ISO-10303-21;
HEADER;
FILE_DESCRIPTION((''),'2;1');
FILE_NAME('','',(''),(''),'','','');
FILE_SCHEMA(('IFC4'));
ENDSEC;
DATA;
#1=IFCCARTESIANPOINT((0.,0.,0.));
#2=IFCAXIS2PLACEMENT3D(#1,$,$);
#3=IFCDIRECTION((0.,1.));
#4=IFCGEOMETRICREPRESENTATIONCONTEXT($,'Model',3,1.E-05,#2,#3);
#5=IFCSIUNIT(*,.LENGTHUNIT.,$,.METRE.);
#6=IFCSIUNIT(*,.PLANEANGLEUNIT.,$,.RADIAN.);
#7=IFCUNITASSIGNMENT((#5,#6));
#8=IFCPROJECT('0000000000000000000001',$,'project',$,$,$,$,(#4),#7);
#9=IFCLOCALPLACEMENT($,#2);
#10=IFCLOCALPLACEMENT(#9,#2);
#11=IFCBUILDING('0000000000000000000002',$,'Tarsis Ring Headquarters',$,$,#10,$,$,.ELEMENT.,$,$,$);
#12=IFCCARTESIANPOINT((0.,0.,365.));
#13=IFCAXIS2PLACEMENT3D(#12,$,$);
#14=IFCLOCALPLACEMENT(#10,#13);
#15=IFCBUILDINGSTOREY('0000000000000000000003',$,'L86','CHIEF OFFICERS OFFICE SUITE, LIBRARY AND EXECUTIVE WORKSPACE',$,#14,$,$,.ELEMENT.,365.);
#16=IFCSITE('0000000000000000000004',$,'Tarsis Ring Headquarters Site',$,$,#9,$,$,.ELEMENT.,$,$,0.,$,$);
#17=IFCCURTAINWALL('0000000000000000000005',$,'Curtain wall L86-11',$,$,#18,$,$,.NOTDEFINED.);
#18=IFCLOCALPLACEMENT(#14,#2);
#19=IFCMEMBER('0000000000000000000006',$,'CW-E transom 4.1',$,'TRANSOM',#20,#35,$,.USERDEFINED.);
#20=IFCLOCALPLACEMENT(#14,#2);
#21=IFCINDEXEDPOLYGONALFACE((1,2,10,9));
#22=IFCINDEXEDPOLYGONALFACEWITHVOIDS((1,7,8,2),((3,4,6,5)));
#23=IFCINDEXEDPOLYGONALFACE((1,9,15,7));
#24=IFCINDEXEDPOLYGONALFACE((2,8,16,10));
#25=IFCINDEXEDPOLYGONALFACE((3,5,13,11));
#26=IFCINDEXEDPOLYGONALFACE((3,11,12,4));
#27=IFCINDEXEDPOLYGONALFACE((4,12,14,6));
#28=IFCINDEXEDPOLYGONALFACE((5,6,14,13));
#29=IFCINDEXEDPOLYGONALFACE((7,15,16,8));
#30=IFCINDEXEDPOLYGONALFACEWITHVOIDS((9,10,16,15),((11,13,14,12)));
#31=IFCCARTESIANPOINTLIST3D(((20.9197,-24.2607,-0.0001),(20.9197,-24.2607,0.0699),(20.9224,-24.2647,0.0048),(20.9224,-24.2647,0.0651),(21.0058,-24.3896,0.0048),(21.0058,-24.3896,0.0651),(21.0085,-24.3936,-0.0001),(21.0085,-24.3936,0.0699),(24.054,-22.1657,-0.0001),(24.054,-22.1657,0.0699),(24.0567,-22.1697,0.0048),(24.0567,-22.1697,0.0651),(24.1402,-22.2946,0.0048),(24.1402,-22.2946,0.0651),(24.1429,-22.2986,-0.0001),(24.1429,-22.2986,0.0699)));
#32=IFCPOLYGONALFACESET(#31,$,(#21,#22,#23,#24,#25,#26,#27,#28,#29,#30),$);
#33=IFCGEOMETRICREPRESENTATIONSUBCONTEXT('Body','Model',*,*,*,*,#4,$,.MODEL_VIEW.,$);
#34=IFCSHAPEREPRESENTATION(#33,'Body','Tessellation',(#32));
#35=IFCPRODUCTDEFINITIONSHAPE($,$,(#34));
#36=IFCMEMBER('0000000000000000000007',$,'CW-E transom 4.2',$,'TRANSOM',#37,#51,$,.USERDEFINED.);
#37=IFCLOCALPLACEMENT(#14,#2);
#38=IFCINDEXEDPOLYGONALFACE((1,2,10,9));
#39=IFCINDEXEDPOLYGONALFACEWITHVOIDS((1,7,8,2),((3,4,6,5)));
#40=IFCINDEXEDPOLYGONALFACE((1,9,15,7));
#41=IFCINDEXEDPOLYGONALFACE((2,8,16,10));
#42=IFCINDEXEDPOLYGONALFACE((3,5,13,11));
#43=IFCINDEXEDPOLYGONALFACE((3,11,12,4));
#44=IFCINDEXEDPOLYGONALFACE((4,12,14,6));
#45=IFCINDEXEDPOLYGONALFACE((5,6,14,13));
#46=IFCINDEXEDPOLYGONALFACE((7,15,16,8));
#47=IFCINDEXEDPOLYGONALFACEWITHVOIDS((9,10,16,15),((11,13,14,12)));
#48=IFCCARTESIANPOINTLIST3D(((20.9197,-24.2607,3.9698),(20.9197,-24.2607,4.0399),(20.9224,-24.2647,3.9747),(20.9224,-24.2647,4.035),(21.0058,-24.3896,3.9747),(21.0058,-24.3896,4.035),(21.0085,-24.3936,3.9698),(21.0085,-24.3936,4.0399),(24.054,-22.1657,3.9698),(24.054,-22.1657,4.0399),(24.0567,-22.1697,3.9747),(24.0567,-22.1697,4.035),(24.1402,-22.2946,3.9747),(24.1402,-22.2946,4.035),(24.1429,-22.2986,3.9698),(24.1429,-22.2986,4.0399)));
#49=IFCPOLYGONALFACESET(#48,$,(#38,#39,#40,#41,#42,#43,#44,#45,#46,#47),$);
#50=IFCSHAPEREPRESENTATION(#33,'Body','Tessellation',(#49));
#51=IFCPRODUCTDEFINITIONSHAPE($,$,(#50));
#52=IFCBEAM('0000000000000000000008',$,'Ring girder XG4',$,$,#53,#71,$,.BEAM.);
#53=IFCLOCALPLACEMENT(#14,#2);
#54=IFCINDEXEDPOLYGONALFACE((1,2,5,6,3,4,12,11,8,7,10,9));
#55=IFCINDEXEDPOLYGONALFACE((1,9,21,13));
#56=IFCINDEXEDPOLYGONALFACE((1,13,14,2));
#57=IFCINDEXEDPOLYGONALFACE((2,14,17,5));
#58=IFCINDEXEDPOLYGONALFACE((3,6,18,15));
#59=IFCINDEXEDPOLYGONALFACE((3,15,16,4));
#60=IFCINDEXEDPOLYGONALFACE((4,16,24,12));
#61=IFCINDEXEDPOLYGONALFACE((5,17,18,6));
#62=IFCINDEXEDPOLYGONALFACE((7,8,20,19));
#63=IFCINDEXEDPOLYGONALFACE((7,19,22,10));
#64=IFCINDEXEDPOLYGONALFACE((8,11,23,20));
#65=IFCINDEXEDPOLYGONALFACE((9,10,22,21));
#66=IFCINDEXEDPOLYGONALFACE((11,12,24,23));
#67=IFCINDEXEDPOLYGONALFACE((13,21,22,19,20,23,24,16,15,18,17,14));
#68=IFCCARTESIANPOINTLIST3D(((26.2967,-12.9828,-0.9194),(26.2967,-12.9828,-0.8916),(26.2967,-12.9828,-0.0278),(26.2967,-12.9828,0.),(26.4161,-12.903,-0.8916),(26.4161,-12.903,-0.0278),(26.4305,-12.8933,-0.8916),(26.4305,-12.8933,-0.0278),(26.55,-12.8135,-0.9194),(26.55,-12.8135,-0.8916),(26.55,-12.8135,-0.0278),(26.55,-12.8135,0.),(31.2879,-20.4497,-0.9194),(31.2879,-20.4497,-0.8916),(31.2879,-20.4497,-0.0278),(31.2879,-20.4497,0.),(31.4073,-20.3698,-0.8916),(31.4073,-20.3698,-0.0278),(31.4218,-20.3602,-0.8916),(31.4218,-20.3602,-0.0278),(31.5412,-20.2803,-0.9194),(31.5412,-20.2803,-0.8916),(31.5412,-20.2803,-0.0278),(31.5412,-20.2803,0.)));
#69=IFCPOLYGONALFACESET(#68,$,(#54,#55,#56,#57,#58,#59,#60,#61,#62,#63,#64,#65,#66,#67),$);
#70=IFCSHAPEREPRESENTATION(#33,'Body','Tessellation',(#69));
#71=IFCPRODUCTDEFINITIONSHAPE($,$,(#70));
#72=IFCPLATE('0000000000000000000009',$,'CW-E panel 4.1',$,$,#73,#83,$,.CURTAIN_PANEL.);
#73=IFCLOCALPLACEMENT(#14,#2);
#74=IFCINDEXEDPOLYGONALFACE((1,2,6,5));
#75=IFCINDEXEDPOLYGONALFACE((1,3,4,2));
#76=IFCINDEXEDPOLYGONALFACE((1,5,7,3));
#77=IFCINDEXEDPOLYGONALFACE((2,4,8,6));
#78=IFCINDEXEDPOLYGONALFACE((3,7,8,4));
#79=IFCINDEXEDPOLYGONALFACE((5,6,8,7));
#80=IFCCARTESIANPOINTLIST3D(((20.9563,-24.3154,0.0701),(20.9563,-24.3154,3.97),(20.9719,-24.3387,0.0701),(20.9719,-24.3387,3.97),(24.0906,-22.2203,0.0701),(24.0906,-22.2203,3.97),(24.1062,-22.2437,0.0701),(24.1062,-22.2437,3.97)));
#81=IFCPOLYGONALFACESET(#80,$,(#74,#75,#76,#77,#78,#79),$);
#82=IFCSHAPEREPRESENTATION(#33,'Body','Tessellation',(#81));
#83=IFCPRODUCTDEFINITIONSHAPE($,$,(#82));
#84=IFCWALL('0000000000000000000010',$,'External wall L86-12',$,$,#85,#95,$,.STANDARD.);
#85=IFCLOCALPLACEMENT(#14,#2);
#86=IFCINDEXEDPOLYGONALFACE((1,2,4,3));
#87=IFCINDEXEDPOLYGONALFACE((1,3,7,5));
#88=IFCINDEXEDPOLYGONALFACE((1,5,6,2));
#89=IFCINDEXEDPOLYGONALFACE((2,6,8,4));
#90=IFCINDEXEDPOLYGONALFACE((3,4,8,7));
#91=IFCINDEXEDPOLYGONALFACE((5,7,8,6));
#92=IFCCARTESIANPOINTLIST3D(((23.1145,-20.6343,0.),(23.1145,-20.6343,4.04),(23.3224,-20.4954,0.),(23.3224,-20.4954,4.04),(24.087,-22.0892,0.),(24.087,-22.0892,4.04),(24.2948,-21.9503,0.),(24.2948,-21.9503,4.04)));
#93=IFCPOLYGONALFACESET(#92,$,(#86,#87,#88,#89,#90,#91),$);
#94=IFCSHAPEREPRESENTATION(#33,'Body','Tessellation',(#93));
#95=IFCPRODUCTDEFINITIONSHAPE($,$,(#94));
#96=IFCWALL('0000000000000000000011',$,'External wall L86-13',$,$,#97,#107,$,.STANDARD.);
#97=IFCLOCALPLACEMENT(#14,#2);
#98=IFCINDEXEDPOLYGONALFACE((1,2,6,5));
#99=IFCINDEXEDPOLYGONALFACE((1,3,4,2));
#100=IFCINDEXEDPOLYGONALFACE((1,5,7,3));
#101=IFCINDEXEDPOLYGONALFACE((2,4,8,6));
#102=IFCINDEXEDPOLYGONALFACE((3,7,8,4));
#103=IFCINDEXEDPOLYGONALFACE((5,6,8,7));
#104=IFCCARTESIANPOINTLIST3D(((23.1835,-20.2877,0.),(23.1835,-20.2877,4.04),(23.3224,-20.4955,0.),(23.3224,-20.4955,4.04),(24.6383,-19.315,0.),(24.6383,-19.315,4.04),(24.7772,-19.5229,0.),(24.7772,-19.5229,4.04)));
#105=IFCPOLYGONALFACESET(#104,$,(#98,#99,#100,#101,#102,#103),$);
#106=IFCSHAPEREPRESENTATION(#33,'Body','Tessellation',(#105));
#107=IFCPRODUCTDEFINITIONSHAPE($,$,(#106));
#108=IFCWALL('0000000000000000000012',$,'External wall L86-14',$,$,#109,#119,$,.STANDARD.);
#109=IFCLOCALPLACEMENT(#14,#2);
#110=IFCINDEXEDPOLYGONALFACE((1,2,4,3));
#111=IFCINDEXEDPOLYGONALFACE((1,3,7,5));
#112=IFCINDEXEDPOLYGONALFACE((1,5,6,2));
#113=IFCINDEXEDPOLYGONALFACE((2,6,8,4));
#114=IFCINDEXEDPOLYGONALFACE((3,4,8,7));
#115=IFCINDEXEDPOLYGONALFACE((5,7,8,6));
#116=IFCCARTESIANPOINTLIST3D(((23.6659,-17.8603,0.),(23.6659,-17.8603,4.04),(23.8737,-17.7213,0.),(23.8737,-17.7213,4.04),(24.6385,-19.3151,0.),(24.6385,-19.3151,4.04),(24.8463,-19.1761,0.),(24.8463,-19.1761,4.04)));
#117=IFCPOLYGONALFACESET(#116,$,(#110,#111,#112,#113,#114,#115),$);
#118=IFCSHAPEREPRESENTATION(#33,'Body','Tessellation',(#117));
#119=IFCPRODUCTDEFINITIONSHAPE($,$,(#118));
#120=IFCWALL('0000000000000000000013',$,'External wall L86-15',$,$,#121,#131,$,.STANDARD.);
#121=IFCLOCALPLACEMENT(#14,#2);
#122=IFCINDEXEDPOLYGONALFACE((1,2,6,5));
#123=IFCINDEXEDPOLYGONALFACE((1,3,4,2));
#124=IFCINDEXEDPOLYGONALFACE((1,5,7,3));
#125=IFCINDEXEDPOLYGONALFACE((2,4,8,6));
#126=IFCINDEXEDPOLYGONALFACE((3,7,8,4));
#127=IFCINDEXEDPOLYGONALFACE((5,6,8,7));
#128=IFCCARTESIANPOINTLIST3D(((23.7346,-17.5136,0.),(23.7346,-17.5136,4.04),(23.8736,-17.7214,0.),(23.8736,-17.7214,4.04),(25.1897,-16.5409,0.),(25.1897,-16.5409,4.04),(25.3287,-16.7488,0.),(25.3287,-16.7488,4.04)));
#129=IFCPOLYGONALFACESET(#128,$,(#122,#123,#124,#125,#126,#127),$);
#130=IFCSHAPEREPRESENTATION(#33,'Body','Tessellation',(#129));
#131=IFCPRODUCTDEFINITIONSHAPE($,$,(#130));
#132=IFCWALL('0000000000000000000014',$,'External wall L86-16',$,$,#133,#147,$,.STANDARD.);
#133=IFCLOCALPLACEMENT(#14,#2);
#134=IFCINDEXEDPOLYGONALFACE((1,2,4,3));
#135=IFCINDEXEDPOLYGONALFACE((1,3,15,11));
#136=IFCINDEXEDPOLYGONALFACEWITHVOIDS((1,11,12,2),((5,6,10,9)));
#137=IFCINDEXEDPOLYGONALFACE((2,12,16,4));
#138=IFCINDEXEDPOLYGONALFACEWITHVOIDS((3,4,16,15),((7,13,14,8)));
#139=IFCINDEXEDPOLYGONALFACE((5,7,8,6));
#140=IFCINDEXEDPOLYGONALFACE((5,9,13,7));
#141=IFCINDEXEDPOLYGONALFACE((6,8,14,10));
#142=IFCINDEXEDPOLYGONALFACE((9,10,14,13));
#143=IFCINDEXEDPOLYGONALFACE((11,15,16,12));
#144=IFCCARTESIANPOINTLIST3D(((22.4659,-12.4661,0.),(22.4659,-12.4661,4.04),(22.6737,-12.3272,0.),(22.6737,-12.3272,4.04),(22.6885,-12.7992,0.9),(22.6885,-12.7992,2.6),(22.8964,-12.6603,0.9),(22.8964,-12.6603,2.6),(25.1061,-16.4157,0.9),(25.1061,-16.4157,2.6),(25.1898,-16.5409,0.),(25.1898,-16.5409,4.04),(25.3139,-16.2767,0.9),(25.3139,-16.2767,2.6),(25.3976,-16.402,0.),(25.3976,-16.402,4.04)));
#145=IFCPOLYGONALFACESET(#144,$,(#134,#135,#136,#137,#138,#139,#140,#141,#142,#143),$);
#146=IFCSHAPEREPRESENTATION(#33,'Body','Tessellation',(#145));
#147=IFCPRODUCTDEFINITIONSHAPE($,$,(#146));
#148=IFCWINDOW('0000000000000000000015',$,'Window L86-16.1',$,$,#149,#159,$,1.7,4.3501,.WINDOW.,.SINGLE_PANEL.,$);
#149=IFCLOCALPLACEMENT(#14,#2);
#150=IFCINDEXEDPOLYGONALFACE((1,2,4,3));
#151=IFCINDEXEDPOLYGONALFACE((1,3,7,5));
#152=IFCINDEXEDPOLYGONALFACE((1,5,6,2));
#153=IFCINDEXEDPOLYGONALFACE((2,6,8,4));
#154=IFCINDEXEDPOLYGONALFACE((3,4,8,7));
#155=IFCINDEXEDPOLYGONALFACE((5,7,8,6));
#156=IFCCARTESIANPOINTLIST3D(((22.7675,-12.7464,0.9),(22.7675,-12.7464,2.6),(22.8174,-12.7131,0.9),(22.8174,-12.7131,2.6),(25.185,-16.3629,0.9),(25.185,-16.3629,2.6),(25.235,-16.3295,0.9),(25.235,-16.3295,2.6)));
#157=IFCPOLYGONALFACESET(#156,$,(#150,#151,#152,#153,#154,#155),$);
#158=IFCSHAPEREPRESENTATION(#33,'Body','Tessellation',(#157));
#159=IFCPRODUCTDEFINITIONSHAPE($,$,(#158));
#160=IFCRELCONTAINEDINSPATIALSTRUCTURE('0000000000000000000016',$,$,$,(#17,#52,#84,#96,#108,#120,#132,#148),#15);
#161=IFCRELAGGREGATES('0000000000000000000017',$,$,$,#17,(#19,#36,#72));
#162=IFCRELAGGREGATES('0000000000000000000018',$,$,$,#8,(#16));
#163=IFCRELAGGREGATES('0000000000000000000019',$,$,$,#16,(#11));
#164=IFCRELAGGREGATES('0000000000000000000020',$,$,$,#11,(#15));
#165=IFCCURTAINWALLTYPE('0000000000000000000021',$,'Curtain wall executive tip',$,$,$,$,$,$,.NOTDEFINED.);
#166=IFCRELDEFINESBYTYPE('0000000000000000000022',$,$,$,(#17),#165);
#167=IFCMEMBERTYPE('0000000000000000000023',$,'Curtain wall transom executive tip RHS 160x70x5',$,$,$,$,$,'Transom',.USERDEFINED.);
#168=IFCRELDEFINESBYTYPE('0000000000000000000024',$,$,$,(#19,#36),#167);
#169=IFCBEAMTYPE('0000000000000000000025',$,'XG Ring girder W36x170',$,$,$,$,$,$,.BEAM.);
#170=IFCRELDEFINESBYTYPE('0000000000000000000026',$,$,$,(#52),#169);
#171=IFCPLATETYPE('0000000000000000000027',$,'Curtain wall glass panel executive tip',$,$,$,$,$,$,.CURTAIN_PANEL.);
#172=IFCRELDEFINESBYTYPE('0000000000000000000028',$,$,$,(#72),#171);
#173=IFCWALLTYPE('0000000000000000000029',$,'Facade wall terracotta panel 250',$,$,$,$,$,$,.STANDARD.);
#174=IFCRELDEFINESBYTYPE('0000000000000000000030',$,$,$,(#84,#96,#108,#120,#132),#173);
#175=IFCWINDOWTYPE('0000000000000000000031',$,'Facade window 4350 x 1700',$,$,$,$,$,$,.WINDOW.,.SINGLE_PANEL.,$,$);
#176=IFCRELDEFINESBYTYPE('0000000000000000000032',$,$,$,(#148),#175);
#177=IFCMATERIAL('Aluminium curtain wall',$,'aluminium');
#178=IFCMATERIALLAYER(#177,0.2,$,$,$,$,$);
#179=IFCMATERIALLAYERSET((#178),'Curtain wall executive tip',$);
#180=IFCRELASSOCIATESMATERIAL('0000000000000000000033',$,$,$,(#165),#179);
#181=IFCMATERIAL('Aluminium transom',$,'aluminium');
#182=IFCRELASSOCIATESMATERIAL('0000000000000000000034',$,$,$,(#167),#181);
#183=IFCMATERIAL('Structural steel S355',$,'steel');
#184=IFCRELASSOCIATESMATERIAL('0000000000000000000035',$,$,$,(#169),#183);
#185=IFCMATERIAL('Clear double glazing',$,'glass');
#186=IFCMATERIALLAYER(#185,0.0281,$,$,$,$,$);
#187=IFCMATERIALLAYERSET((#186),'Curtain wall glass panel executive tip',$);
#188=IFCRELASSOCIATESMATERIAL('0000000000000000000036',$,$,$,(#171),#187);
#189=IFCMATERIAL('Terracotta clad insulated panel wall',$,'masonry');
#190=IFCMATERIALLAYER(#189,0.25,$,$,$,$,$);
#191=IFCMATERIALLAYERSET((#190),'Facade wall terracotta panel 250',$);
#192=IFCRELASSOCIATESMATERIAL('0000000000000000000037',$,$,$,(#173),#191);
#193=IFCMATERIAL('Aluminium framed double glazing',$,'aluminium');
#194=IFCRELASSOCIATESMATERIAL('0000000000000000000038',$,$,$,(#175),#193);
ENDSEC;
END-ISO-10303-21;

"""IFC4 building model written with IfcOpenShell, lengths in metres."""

from ifc_helpers import new_model, si_unit, direction, frame, frame_2d, origin, origin_2d, place, context, subcontext, project, spatial, rectangle, hollow_rectangle, i_section, extrude, material, layer, layer_set, material_profile, profile_set, type_object, element, fill, aggregate, save


model = new_model("IFC4")

# Units and contexts
model_context = context("Model", 3, precision=1e-05, world=origin(), true_north=direction((0.0, 1.0)))
body_context = subcontext(model_context, "Body", "Model", "MODEL_VIEW")
ifc_project = project(units=[si_unit("LENGTHUNIT", "METRE"), si_unit("PLANEANGLEUNIT", "RADIAN")], contexts=[model_context])

# Site, building, storey
site_placement = place(None, origin())
site = spatial("IfcSite", under=ifc_project, at=site_placement, Name="Tarsis Ring Headquarters Site", CompositionType="ELEMENT", RefElevation=0.0)
building_placement = place(site_placement, origin())
building = spatial("IfcBuilding", under=site, at=building_placement, Name="Tarsis Ring Headquarters", CompositionType="ELEMENT")
storey_placement = place(building_placement, frame((0.0, 0.0, 365.0)))
storey = spatial("IfcBuildingStorey", under=building, at=storey_placement, Name="L86", Description="CHIEF OFFICERS OFFICE SUITE, LIBRARY AND EXECUTIVE WORKSPACE", CompositionType="ELEMENT", Elevation=365.0)

# Shared definitions
ifc_material_1 = material(Name="Structural steel S355", Category="steel")

# Curtain wall, members
ifc_material_2 = material(Name="Aluminium curtain wall", Category="aluminium")
ifc_layer_1 = layer(ifc_material_2, 0.2)
ifc_layer_set_1 = layer_set([ifc_layer_1], Name="Curtain wall executive tip")
curtain_wall_type = type_object("IfcCurtainWallType", Name="Curtain wall executive tip", PredefinedType="NOTDEFINED", material=ifc_layer_set_1)
curtain_wall_placement = place(storey_placement, origin())
curtain_wall = element("IfcCurtainWall", 1, at=curtain_wall_placement, inside=storey, type_object=curtain_wall_type, Name="Curtain wall L86-11", PredefinedType="NOTDEFINED")
ifc_material_3 = material(Name="Aluminium transom", Category="aluminium")
ifc_material_profile_1 = material_profile(ifc_material_3, hollow_rectangle(XDim=0.1599, YDim=0.0701, WallThickness=0.0049, at=origin_2d()), Name="RHS 160x70x5")
ifc_profile_set_1 = profile_set([ifc_material_profile_1], Name="Aluminium transom")
member_type_1 = type_object("IfcMemberType", Name="Curtain wall transom executive tip RHS 160x70x5", ElementType="Transom", PredefinedType="USERDEFINED", material=ifc_profile_set_1)
member_1_placement = place(storey_placement, frame((20.9641, -24.3271, 0.0349), z_axis=(0.831382, 0.555701, 0.0), x_axis=(-0.555701, 0.831382, 0.0)))
member_1 = element("IfcMember", 2, at=member_1_placement, type_object=member_type_1, Name="CW-E transom 4.1", ObjectType="TRANSOM", PredefinedType="USERDEFINED", context=body_context, shape_type="SweptSolid", body=[
    extrude(hollow_rectangle(XDim=0.1599, YDim=0.0701, WallThickness=0.0049, at=origin_2d()), origin(), (0.0, 0.0, 1.0), 3.77),
])
member_2_placement = place(storey_placement, frame((20.9641, -24.3271, 4.0049), z_axis=(0.831382, 0.555701, 0.0), x_axis=(-0.555701, 0.831382, 0.0)))
member_2 = element("IfcMember", 3, at=member_2_placement, type_object=member_type_1, Name="CW-E transom 4.2", ObjectType="TRANSOM", PredefinedType="USERDEFINED", context=body_context, shape_type="SweptSolid", body=[
    extrude(hollow_rectangle(XDim=0.1599, YDim=0.0701, WallThickness=0.0049, at=origin_2d()), origin(), (0.0, 0.0, 1.0), 3.77),
])

# Beam
ifc_material_profile_2 = material_profile(ifc_material_1, i_section(OverallWidth=0.3047, OverallDepth=0.9194, WebThickness=0.0173, FlangeThickness=0.0278, at=origin_2d()), Name="W36x170")
ifc_profile_set_2 = profile_set([ifc_material_profile_2], Name="Structural steel S355")
beam_type = type_object("IfcBeamType", Name="XG Ring girder W36x170", PredefinedType="BEAM", material=ifc_profile_set_2)
beam_placement = place(storey_placement, frame((31.4146, -20.365, -0.4597), z_axis=(-0.555729, 0.831364, 0.0), x_axis=(-0.831364, -0.555729, 0.0)))
element("IfcBeam", 4, at=beam_placement, inside=storey, type_object=beam_type, Name="Ring girder XG4", PredefinedType="BEAM", context=body_context, shape_type="SweptSolid", body=[
    extrude(i_section(OverallWidth=0.3047, OverallDepth=0.9194, WebThickness=0.0173, FlangeThickness=0.0278, at=origin_2d()), origin(), (0.0, 0.0, 1.0), 8.9814),
])

# Plate
ifc_material_4 = material(Name="Clear double glazing", Category="glass")
ifc_layer_2 = layer(ifc_material_4, 0.0281)
ifc_layer_set_2 = layer_set([ifc_layer_2], Name="Curtain wall glass panel executive tip")
plate_type = type_object("IfcPlateType", Name="Curtain wall glass panel executive tip", PredefinedType="CURTAIN_PANEL", material=ifc_layer_set_2)
plate_placement = place(storey_placement, frame((22.5312, -23.2795, 0.0701), z_axis=(0.0, 0.0, 1.0), x_axis=(0.831373, 0.555715, 0.0)))
plate = element("IfcPlate", 5, at=plate_placement, type_object=plate_type, Name="CW-E panel 4.1", PredefinedType="CURTAIN_PANEL", context=body_context, shape_type="SweptSolid", body=[
    extrude(rectangle(XDim=3.77, YDim=0.0281, at=origin_2d()), origin(), (0.0, 0.0, 1.0), 3.8999),
])
aggregate(curtain_wall, [member_1, member_2, plate])

# Walls
ifc_material_5 = material(Name="Terracotta clad insulated panel wall", Category="masonry")
ifc_layer_3 = layer(ifc_material_5, 0.25)
ifc_layer_set_3 = layer_set([ifc_layer_3], Name="Facade wall terracotta panel 250")
wall_type = type_object("IfcWallType", Name="Facade wall terracotta panel 250", PredefinedType="STANDARD", material=ifc_layer_set_3)
for number, where, z_axis, x_axis, name in (
    (6, (24.1909, -22.0198, 0.0), (0.0, 0.0, 1.0), (-0.555698, 0.831384, 0.0), "External wall L86-12"),
    (7, (23.2529, -20.3916, 0.0), (0.0, 0.0, 1.0), (0.83132, 0.555794, 0.0), "External wall L86-13"),
    (8, (24.7424, -19.2456, 0.0), (0.0, 0.0, 1.0), (-0.555794, 0.83132, 0.0), "External wall L86-14"),
):
    element("IfcWall", number, at=place(storey_placement, frame(where, z_axis=z_axis, x_axis=x_axis)), inside=storey, type_object=wall_type, Name=name, PredefinedType="STANDARD", context=body_context, shape_type="SweptSolid", body=[
        extrude(rectangle(XDim=1.75, YDim=0.25, at=frame_2d((0.875, 0.0))), origin(), (0.0, 0.0, 1.0), 4.04),
    ])
wall_1_placement = place(storey_placement, frame((23.8042, -17.6174, 0.0), z_axis=(0.0, 0.0, 1.0), x_axis=(0.831363, 0.55573, 0.0)))
element("IfcWall", 9, at=wall_1_placement, inside=storey, type_object=wall_type, Name="External wall L86-15", PredefinedType="STANDARD", context=body_context, shape_type="SweptSolid", body=[
    extrude(rectangle(XDim=1.7502, YDim=0.25, at=frame_2d((0.875, 0.0))), origin(), (0.0, 0.0, 1.0), 4.04),
])

# Wall, opening, window
wall_2_placement = place(storey_placement, frame((25.2937, -16.4714, 0.0), z_axis=(0.0, 0.0, 1.0), x_axis=(-0.555746, 0.831352, 0.0)))
wall_2 = element("IfcWall", 10, at=wall_2_placement, inside=storey, type_object=wall_type, Name="External wall L86-16", PredefinedType="STANDARD", context=body_context, shape_type="SweptSolid", body=[
    extrude(rectangle(XDim=4.9014, YDim=0.25, at=frame_2d((2.4507, 0.0))), origin(), (0.0, 0.0, 1.0), 4.04),
])
opening_placement = place(wall_2_placement, frame((0.1506, 0.0, 0.8999)))
opening = element("IfcOpeningElement", 11, at=opening_placement, cuts=wall_2, PredefinedType="OPENING", context=body_context, shape_type="SweptSolid", body=[
    extrude(rectangle(XDim=4.3501, YDim=1.7, at=frame_2d((2.175, 0.8501))), frame((0.0, 0.135, 0.0), z_axis=(0.0, -1.0, 0.0), x_axis=(1.0, 0.0, 0.0)), (0.0, 0.0, 1.0), 0.27),
])
ifc_material_6 = material(Name="Aluminium framed double glazing", Category="aluminium")
window_type = type_object("IfcWindowType", Name="Facade window 4350 x 1700", PartitioningType="SINGLE_PANEL", PredefinedType="WINDOW", material=ifc_material_6)
window_placement = place(opening_placement, origin())
window = element("IfcWindow", 12, at=window_placement, inside=storey, type_object=window_type, Name="Window L86-16.1", OverallHeight=1.7, OverallWidth=4.3501, PartitioningType="SINGLE_PANEL", PredefinedType="WINDOW", context=body_context, shape_type="SweptSolid", body=[
    extrude(rectangle(XDim=4.3501, YDim=1.7, at=frame_2d((2.175, 0.8501))), frame((0.0, 0.03, 0.0), z_axis=(0.0, -1.0, 0.0), x_axis=(1.0, 0.0, 0.0)), (0.0, 0.0, 1.0), 0.0601),
])
fill(opening, window)

save(model, "model.ifc")
